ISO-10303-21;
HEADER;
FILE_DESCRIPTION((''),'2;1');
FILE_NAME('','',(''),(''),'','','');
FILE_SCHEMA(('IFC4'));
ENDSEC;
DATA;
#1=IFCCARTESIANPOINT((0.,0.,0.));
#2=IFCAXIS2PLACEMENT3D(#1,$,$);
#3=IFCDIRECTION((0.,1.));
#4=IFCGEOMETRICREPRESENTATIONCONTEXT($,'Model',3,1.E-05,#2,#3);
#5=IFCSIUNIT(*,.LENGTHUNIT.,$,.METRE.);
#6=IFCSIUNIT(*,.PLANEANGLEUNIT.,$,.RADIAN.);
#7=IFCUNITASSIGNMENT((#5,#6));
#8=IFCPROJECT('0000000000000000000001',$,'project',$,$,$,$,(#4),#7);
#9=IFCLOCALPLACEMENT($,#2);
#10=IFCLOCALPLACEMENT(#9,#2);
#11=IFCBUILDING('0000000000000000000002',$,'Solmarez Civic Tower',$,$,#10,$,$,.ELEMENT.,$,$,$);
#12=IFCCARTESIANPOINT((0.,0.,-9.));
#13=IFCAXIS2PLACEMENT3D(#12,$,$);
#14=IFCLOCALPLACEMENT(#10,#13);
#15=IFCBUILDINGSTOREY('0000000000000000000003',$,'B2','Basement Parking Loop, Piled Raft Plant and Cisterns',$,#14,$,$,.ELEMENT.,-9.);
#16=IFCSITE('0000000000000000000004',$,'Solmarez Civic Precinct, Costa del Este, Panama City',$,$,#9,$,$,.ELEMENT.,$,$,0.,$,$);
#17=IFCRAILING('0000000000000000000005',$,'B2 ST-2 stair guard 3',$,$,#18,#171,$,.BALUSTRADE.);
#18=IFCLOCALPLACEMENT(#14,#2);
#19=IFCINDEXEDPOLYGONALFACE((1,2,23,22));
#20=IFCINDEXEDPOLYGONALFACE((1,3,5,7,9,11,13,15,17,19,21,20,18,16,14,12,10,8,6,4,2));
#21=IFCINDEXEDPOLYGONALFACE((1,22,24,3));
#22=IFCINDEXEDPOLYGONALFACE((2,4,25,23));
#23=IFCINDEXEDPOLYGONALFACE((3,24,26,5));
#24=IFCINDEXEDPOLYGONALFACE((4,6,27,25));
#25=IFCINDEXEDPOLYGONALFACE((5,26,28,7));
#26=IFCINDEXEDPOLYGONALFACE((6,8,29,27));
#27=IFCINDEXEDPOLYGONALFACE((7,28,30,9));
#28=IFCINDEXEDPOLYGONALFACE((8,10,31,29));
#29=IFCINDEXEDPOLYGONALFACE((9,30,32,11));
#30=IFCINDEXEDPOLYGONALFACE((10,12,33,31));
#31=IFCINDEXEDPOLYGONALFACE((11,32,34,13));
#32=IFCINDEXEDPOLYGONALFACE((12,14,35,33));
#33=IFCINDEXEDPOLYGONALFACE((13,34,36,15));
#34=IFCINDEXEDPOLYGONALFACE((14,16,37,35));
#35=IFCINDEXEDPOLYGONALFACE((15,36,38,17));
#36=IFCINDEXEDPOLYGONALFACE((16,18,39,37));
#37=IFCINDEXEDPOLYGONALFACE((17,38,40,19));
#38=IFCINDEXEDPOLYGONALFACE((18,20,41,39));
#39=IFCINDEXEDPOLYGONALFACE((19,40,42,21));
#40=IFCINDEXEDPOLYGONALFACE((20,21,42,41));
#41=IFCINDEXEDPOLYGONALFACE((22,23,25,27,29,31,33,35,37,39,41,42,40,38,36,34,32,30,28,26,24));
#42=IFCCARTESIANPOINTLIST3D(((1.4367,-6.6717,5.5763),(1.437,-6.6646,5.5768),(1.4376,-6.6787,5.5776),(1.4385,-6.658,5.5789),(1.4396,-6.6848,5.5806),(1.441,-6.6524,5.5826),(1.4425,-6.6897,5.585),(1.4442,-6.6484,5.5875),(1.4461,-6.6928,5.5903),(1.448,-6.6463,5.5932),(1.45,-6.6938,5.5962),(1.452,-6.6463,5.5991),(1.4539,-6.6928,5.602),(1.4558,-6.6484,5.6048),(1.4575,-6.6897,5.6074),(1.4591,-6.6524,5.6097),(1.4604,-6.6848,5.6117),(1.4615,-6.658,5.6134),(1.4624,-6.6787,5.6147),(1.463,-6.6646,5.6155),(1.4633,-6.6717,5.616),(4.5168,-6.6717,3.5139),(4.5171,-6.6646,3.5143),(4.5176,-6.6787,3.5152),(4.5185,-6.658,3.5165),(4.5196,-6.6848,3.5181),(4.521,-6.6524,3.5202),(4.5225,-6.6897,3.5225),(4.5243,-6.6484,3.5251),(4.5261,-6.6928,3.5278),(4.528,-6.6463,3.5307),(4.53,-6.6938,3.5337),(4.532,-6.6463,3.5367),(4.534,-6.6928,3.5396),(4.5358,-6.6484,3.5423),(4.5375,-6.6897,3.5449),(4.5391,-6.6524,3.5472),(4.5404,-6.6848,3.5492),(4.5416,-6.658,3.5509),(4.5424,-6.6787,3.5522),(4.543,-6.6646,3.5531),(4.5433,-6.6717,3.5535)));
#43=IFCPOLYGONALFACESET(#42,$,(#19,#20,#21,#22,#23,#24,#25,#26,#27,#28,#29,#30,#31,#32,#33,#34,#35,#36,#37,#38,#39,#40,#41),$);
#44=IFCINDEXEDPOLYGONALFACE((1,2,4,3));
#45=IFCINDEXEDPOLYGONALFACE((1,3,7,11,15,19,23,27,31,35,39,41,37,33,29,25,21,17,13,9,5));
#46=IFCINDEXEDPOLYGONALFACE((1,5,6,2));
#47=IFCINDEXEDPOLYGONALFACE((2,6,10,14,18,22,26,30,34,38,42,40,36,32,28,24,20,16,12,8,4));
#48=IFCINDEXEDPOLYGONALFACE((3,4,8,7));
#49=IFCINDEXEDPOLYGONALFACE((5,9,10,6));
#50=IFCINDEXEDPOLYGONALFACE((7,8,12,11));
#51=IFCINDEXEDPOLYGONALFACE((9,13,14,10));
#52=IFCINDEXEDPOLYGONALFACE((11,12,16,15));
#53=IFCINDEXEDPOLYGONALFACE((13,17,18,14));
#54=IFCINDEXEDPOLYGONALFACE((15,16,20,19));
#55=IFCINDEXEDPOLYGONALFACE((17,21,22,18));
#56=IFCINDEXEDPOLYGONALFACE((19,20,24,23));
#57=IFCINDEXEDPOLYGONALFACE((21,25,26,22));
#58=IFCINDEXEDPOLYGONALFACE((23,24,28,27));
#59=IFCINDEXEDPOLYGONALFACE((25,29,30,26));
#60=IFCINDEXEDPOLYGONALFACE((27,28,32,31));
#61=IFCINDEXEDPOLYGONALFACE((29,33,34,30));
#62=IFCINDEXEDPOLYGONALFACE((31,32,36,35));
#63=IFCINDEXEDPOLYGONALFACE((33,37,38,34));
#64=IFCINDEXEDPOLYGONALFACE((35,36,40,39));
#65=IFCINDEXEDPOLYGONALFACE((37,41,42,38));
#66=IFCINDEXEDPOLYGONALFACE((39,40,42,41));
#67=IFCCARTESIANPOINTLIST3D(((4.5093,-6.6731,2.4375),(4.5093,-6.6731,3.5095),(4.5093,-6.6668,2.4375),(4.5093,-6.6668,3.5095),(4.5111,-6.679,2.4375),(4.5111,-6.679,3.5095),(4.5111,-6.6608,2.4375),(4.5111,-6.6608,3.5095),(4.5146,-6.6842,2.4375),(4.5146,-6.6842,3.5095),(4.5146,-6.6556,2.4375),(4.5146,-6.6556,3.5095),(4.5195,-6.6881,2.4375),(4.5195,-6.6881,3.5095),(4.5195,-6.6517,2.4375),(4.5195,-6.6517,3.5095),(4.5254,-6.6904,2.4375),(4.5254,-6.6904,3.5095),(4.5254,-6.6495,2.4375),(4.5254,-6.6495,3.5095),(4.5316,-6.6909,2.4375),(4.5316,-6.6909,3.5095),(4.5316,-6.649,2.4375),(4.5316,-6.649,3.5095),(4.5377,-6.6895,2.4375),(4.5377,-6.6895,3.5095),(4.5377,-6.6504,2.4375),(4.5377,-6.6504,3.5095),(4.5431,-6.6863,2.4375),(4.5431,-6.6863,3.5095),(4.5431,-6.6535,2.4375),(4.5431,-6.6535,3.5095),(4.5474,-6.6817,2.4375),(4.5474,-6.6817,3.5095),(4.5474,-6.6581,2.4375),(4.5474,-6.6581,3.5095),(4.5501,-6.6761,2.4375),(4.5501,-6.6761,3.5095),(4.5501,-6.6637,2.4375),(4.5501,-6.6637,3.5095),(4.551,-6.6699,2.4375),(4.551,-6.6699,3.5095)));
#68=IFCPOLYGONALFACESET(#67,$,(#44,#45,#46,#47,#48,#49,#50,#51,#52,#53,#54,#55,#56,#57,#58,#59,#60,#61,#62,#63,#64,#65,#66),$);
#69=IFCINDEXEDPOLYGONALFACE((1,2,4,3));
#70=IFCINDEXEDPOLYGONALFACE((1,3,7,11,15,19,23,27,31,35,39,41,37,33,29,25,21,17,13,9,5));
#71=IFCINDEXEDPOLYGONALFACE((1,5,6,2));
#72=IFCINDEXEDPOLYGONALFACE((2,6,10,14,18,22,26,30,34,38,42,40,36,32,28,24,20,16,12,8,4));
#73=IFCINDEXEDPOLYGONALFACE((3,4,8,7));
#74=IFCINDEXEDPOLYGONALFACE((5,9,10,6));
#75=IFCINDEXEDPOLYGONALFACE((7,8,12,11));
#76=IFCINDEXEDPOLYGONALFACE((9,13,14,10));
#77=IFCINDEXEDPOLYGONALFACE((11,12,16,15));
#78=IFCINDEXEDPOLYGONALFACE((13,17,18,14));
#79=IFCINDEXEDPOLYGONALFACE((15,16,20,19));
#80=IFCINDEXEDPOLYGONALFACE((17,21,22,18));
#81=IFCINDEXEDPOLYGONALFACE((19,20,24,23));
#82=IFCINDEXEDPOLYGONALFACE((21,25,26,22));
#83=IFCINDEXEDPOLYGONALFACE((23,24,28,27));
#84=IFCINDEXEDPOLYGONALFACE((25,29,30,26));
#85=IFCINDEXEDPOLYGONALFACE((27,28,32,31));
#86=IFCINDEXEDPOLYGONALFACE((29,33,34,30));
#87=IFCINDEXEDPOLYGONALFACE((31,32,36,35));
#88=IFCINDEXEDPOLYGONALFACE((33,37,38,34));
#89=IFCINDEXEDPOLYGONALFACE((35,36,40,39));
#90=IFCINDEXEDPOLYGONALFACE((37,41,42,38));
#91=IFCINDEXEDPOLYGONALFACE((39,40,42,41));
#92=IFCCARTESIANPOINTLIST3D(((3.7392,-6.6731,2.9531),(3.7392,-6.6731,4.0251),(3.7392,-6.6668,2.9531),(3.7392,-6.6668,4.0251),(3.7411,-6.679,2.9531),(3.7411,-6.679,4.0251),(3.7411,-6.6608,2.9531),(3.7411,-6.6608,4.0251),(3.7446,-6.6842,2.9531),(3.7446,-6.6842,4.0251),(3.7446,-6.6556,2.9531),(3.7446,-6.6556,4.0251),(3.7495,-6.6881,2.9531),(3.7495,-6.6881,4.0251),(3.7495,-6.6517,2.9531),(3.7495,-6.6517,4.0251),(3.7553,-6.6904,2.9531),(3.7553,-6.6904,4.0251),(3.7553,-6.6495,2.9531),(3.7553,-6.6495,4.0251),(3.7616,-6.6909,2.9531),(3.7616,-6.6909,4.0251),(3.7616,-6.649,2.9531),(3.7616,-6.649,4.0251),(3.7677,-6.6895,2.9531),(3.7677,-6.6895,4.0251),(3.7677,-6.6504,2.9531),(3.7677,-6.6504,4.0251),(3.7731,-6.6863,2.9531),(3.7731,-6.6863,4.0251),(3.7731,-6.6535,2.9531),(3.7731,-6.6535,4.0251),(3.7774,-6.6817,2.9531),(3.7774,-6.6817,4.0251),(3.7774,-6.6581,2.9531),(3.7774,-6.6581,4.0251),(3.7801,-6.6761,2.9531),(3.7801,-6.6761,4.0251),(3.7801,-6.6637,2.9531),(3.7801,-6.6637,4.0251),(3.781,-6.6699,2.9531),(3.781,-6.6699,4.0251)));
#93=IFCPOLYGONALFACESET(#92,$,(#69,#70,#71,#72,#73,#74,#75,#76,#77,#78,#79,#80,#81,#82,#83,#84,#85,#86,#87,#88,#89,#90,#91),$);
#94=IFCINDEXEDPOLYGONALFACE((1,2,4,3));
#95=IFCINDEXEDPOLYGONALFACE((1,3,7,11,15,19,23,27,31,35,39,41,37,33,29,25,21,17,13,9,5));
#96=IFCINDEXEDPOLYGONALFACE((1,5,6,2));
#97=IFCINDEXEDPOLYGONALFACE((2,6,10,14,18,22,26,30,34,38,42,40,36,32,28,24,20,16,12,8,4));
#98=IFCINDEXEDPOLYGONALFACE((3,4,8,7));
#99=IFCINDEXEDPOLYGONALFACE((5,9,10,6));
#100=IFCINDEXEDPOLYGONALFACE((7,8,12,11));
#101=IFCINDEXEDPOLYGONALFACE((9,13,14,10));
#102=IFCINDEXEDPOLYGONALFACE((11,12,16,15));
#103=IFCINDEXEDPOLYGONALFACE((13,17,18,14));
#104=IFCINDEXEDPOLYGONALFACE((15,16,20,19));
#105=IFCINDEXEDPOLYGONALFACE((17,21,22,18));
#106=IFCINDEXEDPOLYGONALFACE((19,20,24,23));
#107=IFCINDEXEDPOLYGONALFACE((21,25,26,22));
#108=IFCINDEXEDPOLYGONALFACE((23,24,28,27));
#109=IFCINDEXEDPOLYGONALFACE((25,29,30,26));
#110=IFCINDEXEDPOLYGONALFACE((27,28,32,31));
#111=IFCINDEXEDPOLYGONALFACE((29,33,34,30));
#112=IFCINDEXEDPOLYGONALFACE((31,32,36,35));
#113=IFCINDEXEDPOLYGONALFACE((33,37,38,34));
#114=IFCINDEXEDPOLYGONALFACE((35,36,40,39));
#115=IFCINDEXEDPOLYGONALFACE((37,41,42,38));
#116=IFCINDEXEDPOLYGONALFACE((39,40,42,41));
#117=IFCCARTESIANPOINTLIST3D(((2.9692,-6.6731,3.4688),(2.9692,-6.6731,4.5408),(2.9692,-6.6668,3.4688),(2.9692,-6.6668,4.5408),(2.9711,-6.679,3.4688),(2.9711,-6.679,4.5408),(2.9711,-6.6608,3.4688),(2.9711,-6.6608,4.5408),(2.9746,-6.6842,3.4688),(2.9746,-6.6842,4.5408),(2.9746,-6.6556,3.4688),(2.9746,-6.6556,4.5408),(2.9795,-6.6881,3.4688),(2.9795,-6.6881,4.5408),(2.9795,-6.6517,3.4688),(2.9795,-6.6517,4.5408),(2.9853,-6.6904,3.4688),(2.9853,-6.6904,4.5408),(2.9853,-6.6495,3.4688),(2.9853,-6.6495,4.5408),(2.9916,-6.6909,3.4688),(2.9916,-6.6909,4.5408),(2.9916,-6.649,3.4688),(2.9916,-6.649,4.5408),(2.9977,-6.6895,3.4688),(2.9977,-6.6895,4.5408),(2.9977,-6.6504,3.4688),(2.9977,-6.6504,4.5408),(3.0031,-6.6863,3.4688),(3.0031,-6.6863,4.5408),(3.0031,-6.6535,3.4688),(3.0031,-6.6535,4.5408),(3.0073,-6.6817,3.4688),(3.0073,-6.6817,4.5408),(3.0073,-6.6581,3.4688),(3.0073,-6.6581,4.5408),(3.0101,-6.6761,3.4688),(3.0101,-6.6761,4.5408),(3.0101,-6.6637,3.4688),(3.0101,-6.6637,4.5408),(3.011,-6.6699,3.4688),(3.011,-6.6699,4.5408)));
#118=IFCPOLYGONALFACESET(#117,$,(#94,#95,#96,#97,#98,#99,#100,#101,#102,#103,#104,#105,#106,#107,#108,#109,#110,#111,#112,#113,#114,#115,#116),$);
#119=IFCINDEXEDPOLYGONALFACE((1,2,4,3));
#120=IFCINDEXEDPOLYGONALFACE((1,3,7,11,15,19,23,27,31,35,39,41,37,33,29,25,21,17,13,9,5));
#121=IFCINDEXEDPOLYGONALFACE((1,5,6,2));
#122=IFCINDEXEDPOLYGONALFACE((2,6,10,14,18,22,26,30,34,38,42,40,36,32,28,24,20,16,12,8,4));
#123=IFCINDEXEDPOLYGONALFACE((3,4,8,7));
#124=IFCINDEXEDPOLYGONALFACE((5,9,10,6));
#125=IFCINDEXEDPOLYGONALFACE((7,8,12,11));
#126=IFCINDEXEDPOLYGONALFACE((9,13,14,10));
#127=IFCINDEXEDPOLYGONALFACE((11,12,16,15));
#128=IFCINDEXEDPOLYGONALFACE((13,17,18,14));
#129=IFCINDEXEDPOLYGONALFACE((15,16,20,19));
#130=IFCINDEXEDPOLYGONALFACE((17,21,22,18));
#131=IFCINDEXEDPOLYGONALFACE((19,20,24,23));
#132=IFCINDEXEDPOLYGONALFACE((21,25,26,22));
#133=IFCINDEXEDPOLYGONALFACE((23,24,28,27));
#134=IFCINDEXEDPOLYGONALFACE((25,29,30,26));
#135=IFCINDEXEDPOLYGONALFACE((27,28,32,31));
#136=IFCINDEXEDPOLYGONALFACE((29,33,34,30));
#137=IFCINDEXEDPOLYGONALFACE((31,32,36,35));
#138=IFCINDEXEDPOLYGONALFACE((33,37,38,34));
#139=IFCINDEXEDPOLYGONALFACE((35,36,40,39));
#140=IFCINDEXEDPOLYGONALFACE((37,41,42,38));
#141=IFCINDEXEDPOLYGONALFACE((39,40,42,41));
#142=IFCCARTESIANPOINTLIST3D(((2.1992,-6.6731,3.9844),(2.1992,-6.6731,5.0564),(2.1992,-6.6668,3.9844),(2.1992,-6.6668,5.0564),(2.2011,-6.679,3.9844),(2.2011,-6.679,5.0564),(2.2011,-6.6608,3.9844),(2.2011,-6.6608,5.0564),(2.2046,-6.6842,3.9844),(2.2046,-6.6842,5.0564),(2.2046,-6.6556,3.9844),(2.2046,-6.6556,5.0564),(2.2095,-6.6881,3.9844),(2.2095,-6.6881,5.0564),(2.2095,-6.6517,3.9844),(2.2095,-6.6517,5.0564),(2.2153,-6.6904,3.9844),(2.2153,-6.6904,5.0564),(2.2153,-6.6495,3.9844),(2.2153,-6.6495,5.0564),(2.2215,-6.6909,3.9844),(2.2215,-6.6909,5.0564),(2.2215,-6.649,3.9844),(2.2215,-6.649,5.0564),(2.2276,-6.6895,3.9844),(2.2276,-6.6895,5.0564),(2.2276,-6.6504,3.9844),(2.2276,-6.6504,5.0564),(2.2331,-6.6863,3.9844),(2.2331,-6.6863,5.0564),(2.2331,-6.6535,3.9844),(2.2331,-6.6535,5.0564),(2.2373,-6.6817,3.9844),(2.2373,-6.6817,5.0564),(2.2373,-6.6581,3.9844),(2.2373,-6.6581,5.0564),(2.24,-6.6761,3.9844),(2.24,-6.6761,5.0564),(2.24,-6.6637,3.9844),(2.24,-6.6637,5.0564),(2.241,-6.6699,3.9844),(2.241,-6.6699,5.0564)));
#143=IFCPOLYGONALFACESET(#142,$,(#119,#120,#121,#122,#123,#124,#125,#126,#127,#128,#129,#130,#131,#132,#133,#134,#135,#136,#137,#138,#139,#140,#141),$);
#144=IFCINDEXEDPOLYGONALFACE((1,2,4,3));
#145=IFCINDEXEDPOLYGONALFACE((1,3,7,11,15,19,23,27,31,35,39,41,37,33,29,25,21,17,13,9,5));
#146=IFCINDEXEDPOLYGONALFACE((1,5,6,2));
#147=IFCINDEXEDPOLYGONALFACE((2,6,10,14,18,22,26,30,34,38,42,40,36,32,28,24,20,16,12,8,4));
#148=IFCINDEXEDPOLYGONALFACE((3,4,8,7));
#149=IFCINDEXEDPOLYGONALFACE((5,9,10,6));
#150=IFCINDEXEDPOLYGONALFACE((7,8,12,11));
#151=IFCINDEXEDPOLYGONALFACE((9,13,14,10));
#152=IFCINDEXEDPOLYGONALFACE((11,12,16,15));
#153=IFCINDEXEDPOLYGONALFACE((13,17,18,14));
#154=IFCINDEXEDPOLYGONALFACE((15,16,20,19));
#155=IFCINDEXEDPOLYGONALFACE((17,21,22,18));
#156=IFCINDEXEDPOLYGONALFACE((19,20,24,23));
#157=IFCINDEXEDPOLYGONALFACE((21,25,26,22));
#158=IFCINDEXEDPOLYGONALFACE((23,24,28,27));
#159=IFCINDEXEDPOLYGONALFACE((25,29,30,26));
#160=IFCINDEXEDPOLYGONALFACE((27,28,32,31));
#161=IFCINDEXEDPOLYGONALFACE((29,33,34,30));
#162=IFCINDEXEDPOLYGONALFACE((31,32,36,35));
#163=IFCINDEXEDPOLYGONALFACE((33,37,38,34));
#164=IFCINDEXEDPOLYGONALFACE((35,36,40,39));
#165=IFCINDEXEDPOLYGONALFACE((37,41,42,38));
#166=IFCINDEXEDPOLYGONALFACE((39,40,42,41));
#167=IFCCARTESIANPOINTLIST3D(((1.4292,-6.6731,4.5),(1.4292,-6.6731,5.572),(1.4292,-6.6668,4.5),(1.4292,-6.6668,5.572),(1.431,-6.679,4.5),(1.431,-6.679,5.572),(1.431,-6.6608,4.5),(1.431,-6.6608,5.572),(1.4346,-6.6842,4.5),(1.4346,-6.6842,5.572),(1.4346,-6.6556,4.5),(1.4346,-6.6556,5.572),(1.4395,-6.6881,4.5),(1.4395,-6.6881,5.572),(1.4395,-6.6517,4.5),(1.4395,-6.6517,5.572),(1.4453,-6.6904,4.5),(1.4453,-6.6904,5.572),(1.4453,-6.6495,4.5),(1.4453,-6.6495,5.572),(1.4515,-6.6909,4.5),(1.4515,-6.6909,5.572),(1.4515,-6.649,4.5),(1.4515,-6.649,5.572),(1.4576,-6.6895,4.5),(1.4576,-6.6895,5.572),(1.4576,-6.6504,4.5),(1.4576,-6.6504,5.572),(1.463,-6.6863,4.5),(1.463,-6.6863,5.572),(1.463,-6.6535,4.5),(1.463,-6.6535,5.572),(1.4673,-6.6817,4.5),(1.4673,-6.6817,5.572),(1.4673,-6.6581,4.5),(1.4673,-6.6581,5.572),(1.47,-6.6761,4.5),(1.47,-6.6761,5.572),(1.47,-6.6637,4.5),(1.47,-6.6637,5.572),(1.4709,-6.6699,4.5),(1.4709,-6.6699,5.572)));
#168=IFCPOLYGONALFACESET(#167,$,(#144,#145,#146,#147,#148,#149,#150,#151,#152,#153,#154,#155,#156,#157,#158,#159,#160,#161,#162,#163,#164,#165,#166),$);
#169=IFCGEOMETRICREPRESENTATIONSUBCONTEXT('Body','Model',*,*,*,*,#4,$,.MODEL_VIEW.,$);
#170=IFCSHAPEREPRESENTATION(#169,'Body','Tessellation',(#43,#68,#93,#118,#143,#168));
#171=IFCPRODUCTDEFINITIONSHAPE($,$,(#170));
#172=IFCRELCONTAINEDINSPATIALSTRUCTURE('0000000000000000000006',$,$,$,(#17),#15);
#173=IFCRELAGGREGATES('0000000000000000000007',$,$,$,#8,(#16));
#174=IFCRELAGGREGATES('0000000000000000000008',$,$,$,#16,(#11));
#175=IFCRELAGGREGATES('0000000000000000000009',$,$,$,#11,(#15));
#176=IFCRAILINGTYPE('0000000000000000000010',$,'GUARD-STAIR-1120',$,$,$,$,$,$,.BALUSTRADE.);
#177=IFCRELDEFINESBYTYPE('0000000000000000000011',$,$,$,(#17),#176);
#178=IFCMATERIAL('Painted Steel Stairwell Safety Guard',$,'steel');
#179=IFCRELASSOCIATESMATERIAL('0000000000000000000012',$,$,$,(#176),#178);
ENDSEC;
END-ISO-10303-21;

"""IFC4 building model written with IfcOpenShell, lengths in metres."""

from ifc_helpers import new_model, si_unit, direction, frame, origin, origin_2d, place, context, subcontext, project, spatial, circle, extrude, material, type_object, element, save


model = new_model("IFC4")

# Units and contexts
model_context = context("Model", 3, precision=1e-05, world=origin(), true_north=direction((0.0, 1.0)))
body_context = subcontext(model_context, "Body", "Model", "MODEL_VIEW")
ifc_project = project(units=[si_unit("LENGTHUNIT", "METRE"), si_unit("PLANEANGLEUNIT", "RADIAN")], contexts=[model_context])

# Site, building, storey
site_placement = place(None, origin())
site = spatial("IfcSite", under=ifc_project, at=site_placement, Name="Solmarez Civic Precinct, Costa del Este, Panama City", CompositionType="ELEMENT", RefElevation=0.0)
building_placement = place(site_placement, origin())
building = spatial("IfcBuilding", under=site, at=building_placement, Name="Solmarez Civic Tower", CompositionType="ELEMENT")
storey_placement = place(building_placement, frame((0.0, 0.0, -9.0)))
storey = spatial("IfcBuildingStorey", under=building, at=storey_placement, Name="B2", Description="Basement Parking Loop, Piled Raft Plant and Cisterns", CompositionType="ELEMENT", Elevation=-9.0)

# Railing
ifc_material_1 = material(Name="Painted Steel Stairwell Safety Guard", Category="steel")
railing_type_1 = type_object("IfcRailingType", Name="GUARD-STAIR-1120", PredefinedType="BALUSTRADE", material=ifc_material_1)
railing_1_placement = place(storey_placement, frame((4.53, -6.6699, 2.4375)))
element("IfcRailing", 1, at=railing_1_placement, inside=storey, type_object=railing_type_1, Name="B2 ST-2 stair guard 3", PredefinedType="BALUSTRADE", context=body_context, shape_type="SweptSolid", body=[
    extrude(circle(Radius=0.0239, at=origin_2d()), frame((0.0, 0.0, 1.0962), z_axis=(-0.830914, 0.0, 0.556401), x_axis=(0.0, -1.0, 0.0)), (0.0, 0.0, 1.0), 3.7068),
    extrude(circle(Radius=0.021, at=origin_2d()), origin(), (0.0, 0.0, 1.0), 1.072),
    extrude(circle(Radius=0.021, at=origin_2d()), frame((-0.77, 0.0, 0.5156)), (0.0, 0.0, 1.0), 1.072),
    extrude(circle(Radius=0.021, at=origin_2d()), frame((-1.54, 0.0, 1.0312)), (0.0, 0.0, 1.0), 1.072),
    extrude(circle(Radius=0.021, at=origin_2d()), frame((-2.3101, 0.0, 1.5469)), (0.0, 0.0, 1.0), 1.072),
    extrude(circle(Radius=0.021, at=origin_2d()), frame((-3.0801, 0.0, 2.0625)), (0.0, 0.0, 1.0), 1.072),
])

save(model, "model.ifc")
